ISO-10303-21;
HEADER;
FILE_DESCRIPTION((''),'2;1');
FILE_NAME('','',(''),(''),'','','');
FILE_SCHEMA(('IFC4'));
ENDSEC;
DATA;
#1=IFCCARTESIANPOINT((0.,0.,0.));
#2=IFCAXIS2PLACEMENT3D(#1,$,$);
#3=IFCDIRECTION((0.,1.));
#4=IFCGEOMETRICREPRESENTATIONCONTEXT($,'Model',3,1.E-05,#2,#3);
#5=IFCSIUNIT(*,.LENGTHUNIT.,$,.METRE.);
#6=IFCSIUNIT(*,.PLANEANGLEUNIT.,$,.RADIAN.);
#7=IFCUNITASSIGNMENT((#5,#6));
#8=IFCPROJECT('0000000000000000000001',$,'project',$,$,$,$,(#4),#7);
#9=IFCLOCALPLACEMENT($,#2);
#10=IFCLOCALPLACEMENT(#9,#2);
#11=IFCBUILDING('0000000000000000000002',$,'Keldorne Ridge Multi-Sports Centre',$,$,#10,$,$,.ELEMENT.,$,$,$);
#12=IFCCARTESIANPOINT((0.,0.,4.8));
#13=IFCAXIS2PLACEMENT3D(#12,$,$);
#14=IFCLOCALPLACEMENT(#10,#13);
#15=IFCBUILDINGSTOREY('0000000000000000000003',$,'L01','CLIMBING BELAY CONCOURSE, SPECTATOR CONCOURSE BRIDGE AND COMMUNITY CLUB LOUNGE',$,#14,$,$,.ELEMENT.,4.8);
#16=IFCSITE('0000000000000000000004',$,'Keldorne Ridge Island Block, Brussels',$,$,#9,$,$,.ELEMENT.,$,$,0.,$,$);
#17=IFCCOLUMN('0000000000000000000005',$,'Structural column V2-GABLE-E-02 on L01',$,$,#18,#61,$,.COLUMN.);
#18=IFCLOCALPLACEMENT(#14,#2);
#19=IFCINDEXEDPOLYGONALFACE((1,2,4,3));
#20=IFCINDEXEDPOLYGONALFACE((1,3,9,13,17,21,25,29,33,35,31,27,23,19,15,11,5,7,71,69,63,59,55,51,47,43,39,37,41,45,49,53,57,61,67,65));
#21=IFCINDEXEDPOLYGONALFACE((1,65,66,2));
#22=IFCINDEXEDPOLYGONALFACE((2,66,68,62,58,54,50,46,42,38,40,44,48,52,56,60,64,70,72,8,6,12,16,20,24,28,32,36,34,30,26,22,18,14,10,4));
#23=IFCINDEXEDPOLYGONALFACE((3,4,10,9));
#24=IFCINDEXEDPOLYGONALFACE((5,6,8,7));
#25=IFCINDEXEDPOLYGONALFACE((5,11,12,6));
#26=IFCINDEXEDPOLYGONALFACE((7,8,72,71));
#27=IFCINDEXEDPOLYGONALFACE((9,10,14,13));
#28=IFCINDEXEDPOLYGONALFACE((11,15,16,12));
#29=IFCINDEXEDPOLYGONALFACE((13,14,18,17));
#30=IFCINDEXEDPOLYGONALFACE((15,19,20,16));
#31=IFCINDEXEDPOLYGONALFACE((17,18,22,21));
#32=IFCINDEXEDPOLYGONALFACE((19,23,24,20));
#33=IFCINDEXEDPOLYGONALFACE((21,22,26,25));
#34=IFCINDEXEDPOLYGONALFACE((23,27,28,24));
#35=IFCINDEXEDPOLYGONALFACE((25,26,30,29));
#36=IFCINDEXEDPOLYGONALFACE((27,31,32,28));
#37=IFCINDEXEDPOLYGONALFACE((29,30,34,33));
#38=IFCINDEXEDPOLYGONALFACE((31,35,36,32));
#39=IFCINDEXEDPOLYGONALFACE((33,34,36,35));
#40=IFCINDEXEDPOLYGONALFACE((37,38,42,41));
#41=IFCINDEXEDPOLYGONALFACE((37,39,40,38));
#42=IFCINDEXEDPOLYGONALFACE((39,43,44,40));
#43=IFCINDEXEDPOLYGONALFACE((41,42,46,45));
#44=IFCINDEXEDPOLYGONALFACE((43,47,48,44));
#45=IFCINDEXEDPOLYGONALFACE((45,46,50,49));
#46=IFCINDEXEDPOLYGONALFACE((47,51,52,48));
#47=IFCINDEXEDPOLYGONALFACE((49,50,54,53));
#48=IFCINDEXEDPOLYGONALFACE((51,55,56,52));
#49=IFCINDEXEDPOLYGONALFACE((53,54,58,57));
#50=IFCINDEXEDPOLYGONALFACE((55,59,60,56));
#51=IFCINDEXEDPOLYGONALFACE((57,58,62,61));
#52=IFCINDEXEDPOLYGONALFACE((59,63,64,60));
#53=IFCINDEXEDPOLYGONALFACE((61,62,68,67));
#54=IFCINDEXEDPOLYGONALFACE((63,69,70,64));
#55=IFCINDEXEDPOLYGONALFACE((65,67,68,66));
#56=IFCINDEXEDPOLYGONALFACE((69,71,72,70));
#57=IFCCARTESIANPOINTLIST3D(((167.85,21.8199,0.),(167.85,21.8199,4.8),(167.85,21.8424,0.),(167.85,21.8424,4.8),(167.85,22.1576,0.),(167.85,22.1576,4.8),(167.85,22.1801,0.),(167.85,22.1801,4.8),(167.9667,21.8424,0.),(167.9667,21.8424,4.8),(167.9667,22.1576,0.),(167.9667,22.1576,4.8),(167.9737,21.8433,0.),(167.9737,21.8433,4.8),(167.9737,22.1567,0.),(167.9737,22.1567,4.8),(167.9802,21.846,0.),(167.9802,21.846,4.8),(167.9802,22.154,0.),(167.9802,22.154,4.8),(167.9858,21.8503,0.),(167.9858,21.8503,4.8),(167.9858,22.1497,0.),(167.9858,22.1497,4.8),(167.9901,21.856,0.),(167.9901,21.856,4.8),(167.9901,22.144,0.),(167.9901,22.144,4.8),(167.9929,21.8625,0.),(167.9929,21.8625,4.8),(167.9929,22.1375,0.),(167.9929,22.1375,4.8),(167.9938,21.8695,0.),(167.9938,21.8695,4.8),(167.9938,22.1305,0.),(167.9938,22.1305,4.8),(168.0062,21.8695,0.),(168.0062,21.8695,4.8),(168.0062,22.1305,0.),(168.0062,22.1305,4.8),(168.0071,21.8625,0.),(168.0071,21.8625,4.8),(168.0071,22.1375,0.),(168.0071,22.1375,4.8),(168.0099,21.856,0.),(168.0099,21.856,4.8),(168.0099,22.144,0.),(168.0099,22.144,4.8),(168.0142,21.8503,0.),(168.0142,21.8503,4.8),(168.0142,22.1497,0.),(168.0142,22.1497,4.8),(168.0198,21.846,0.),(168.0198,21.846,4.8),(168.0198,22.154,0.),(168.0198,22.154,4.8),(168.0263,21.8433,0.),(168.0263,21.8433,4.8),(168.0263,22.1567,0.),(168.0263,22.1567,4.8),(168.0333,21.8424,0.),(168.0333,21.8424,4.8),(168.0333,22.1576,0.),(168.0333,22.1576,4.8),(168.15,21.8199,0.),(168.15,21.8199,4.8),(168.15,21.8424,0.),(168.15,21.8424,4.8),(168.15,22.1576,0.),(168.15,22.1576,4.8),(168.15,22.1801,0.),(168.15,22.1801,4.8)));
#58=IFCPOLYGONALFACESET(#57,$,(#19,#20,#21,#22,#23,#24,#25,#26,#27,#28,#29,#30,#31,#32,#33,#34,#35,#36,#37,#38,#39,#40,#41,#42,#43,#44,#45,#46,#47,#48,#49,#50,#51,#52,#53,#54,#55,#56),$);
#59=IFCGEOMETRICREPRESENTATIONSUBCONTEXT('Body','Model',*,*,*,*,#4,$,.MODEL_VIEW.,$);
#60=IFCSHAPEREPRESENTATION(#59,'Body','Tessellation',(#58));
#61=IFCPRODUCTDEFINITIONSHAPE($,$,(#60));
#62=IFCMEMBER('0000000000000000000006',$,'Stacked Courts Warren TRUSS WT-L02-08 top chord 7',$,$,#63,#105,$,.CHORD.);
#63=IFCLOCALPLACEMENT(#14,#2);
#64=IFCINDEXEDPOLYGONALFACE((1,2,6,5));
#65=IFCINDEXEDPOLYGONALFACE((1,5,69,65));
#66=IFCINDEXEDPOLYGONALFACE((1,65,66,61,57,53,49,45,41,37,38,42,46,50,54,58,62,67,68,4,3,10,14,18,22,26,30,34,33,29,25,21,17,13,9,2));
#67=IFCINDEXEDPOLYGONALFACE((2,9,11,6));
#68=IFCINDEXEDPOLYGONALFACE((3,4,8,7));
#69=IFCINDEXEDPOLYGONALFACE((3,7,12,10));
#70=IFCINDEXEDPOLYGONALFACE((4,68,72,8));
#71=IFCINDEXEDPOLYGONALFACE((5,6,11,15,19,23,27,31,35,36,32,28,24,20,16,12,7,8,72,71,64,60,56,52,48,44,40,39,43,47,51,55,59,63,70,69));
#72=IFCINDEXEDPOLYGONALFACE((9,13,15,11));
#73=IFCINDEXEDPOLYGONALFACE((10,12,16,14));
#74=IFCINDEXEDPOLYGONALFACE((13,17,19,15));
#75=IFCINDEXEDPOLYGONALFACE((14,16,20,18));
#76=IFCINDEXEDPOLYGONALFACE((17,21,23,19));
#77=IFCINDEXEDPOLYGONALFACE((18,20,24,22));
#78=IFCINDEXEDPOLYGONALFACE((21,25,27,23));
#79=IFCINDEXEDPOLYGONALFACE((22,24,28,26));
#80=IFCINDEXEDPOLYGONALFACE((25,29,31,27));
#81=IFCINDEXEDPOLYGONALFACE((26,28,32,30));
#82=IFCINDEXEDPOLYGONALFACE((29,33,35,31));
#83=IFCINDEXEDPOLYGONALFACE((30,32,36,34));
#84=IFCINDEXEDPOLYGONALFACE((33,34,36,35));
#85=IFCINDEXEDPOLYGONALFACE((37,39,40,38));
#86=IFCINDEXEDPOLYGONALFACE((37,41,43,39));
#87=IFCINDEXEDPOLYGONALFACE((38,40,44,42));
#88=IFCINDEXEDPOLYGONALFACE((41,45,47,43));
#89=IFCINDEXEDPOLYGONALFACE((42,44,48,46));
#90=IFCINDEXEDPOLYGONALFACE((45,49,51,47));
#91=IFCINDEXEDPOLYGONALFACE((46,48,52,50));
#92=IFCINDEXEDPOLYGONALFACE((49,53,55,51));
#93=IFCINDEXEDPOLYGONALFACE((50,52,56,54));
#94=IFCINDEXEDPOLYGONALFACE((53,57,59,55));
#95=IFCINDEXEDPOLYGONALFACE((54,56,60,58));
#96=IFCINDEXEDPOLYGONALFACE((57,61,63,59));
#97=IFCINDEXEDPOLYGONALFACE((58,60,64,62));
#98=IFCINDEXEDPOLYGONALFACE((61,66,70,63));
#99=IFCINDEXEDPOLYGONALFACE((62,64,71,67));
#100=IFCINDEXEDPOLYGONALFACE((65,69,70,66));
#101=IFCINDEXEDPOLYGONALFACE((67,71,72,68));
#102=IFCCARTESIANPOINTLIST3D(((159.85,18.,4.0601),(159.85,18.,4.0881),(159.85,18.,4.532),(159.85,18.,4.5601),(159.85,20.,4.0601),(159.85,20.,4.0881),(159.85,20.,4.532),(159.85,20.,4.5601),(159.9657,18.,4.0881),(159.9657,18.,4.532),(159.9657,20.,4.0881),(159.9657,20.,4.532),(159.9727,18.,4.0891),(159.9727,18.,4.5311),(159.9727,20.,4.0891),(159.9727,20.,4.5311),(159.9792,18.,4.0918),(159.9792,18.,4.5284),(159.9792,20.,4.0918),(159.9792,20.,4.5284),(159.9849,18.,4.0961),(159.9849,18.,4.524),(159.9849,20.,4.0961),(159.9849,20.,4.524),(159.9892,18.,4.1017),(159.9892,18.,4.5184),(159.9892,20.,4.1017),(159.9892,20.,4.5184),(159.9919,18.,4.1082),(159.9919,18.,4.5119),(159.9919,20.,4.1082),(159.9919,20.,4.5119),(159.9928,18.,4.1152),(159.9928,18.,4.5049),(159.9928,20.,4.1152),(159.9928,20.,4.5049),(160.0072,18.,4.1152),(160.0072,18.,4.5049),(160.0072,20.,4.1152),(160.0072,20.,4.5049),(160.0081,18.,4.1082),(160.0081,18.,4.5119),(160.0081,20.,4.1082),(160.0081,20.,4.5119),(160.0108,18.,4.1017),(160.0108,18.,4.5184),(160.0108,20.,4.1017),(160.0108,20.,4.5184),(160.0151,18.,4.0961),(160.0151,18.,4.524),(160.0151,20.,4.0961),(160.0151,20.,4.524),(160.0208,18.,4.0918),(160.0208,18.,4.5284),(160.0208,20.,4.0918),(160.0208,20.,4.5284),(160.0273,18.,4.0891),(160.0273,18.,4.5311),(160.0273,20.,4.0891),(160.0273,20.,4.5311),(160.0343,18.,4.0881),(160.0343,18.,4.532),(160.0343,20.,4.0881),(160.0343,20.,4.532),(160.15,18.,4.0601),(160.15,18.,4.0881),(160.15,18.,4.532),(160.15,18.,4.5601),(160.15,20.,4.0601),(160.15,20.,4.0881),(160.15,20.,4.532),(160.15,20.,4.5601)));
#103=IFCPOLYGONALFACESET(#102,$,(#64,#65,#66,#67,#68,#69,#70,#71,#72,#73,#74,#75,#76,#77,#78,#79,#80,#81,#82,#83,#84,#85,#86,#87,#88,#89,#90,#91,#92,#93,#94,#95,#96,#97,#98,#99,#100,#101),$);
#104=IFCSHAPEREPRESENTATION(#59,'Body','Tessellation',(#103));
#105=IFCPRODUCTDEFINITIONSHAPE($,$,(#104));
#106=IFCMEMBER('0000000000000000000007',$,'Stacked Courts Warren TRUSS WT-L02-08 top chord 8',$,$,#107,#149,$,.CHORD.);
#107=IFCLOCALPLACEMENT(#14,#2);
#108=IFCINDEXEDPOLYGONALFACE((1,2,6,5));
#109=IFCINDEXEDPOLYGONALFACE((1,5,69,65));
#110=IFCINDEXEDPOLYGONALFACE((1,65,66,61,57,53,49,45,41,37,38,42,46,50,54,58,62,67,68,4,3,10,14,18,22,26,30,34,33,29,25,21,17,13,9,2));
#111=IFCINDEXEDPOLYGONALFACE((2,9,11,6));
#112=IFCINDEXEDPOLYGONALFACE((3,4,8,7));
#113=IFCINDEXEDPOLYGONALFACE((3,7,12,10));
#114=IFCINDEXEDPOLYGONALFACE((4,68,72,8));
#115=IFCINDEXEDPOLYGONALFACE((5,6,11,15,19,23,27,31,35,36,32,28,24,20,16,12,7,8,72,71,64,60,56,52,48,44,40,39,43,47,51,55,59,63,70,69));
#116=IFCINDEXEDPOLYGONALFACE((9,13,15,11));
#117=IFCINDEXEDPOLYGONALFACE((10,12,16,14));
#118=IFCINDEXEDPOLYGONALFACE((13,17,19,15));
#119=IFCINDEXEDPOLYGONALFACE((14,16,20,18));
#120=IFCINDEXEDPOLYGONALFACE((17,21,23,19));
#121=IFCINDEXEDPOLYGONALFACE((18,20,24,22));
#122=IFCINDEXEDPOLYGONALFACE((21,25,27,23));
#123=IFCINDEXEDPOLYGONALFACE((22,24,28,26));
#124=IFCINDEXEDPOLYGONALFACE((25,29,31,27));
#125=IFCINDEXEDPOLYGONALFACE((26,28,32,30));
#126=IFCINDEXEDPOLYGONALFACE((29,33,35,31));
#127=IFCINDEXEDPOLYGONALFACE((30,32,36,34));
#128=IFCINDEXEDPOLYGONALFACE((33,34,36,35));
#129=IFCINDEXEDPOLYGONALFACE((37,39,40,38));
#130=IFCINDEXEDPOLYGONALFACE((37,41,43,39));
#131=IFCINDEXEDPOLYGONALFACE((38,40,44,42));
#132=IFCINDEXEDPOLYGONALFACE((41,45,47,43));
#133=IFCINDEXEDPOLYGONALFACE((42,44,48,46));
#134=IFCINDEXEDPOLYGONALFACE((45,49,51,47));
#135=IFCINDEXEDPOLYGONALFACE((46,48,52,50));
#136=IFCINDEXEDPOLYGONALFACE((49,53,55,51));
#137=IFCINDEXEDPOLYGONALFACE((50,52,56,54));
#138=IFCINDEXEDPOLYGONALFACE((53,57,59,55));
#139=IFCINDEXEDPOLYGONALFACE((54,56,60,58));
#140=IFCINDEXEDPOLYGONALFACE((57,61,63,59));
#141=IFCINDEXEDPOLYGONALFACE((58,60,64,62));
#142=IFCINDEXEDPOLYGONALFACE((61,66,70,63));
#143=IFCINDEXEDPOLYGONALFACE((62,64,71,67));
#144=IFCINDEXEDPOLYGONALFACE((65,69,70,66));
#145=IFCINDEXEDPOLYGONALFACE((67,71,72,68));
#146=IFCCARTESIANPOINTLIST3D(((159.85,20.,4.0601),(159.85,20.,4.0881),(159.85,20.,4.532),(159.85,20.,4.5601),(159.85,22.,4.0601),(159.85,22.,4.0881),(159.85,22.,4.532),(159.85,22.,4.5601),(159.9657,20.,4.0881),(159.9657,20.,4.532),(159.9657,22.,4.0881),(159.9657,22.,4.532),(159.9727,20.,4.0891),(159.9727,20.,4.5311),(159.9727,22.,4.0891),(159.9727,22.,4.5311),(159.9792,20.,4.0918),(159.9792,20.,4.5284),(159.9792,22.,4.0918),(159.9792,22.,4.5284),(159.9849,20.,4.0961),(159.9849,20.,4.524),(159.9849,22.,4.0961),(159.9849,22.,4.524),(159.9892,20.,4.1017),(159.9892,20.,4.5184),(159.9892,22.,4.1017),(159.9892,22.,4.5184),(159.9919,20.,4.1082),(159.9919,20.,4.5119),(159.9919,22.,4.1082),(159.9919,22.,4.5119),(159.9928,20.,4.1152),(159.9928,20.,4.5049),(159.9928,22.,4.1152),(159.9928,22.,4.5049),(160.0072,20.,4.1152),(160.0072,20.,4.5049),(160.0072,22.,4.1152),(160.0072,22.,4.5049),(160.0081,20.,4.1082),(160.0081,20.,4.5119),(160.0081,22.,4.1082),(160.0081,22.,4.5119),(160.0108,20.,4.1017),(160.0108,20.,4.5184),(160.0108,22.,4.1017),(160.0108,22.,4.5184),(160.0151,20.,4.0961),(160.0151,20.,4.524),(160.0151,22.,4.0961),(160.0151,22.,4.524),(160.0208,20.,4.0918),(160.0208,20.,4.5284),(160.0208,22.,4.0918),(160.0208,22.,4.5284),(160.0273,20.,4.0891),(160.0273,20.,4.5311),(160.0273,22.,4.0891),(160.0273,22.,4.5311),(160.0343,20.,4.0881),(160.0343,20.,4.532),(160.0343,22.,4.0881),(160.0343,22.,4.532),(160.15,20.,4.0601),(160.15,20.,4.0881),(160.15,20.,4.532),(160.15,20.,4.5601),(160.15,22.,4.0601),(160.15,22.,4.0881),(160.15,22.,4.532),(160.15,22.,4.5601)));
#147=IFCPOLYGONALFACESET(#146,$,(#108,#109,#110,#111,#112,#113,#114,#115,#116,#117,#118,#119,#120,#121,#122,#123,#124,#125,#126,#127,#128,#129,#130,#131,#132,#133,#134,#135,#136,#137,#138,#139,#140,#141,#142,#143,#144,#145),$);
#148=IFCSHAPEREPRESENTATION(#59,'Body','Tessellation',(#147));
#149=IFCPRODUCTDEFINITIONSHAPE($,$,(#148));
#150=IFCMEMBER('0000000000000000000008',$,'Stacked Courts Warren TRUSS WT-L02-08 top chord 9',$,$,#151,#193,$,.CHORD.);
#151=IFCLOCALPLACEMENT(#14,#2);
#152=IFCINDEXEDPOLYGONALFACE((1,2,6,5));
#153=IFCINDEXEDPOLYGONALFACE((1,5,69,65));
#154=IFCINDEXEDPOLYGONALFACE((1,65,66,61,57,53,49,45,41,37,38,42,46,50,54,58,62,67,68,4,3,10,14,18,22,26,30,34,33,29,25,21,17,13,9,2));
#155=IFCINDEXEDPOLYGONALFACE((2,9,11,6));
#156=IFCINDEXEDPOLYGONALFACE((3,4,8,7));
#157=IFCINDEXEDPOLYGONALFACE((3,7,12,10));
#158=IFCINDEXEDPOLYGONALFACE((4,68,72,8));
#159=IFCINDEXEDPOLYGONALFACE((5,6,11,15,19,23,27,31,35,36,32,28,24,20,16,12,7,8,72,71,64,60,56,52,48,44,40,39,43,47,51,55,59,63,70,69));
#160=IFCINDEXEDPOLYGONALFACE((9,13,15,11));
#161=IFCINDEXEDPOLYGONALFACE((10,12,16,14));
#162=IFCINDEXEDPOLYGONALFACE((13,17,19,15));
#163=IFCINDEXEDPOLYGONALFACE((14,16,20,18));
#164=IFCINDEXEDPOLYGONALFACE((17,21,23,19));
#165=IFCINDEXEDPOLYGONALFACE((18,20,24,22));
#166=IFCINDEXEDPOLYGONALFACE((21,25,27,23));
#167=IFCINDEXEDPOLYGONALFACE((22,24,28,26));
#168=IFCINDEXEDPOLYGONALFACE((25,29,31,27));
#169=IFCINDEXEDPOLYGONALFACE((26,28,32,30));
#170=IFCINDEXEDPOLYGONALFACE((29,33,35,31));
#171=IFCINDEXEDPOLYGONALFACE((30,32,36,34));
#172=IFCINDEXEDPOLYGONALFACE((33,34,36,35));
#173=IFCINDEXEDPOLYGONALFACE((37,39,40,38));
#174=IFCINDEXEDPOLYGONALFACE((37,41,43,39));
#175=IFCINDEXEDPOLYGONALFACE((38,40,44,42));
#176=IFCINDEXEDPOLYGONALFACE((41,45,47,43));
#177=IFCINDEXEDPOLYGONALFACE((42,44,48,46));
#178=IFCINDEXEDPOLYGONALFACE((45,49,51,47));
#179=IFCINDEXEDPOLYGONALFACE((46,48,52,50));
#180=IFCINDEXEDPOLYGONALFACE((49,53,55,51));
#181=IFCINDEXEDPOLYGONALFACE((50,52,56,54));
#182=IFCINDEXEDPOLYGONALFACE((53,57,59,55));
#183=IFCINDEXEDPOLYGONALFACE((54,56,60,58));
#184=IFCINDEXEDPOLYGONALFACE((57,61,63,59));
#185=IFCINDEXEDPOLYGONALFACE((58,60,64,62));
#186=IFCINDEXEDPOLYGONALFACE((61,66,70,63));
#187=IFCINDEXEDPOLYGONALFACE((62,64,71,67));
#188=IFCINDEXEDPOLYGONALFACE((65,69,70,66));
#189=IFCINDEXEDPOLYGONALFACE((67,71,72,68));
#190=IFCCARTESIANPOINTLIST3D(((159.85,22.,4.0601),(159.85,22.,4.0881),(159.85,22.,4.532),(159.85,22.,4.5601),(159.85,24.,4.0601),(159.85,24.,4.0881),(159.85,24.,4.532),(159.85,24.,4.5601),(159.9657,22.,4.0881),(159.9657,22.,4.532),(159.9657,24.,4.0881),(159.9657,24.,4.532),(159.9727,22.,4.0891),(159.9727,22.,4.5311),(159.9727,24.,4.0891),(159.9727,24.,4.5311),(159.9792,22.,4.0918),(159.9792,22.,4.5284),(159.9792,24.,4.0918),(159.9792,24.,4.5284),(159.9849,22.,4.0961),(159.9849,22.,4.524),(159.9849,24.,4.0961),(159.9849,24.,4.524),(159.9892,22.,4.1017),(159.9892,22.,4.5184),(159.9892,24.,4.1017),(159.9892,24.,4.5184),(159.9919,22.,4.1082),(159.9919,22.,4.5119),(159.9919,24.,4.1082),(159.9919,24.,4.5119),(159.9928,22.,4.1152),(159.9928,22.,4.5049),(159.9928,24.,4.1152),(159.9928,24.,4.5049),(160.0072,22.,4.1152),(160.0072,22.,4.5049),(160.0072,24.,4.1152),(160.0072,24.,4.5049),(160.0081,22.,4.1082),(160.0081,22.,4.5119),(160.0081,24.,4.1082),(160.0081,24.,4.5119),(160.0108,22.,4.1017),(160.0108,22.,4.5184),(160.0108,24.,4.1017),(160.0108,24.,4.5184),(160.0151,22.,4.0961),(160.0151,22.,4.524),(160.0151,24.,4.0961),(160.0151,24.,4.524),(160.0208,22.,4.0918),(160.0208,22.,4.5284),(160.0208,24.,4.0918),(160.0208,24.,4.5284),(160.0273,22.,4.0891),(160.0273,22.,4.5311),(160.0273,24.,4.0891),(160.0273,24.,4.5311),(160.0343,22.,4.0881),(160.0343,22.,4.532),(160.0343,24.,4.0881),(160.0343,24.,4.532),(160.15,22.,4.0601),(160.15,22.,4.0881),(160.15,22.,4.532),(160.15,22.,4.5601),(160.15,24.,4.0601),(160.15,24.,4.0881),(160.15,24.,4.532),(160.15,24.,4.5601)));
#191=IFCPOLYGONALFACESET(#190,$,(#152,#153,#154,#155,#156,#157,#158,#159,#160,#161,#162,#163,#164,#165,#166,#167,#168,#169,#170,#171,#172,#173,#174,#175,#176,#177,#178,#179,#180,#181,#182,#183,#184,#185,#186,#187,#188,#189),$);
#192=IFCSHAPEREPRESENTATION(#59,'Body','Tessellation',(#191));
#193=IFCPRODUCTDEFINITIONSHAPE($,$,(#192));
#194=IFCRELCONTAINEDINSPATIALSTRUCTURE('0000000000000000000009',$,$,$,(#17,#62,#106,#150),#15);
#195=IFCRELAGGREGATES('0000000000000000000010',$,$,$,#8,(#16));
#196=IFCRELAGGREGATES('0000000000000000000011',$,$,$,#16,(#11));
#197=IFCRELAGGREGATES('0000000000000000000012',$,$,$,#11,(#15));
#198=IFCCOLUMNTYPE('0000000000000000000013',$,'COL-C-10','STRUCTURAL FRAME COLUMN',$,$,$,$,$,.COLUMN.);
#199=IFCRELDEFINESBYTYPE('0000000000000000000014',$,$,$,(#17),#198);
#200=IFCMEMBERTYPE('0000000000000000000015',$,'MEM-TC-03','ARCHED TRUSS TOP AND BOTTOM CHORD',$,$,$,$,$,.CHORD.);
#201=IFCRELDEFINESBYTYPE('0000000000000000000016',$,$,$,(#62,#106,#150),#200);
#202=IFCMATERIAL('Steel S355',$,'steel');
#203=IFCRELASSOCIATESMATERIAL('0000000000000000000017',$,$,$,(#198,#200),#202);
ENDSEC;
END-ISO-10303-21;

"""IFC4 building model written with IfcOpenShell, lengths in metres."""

from ifc_helpers import new_model, si_unit, direction, frame, origin, origin_2d, place, context, subcontext, project, spatial, i_section, extrude, material, material_profile, profile_set, type_object, element, save


model = new_model("IFC4")

# Units and contexts
model_context = context("Model", 3, precision=1e-05, world=origin(), true_north=direction((0.0, 1.0)))
body_context = subcontext(model_context, "Body", "Model", "MODEL_VIEW")
ifc_project = project(units=[si_unit("LENGTHUNIT", "METRE"), si_unit("PLANEANGLEUNIT", "RADIAN")], contexts=[model_context])

# Site, building, storey
site_placement = place(None, origin())
site = spatial("IfcSite", under=ifc_project, at=site_placement, Name="Keldorne Ridge Island Block, Brussels", CompositionType="ELEMENT", RefElevation=0.0)
building_placement = place(site_placement, origin())
building = spatial("IfcBuilding", under=site, at=building_placement, Name="Keldorne Ridge Multi-Sports Centre", CompositionType="ELEMENT")
storey_placement = place(building_placement, frame((0.0, 0.0, 4.8)))
storey = spatial("IfcBuildingStorey", under=building, at=storey_placement, Name="L01", Description="CLIMBING BELAY CONCOURSE, SPECTATOR CONCOURSE BRIDGE AND COMMUNITY CLUB LOUNGE", CompositionType="ELEMENT", Elevation=4.8)

# Column
ifc_material_1 = material(Name="Steel S355", Category="steel")
ifc_material_profile_1 = material_profile(ifc_material_1, i_section(OverallWidth=0.3, OverallDepth=0.3601, WebThickness=0.0125, FlangeThickness=0.0225, FilletRadius=0.0271, at=origin_2d()), Name="HEB 360")
ifc_profile_set_1 = profile_set([ifc_material_profile_1], Name="Steel S355")
column_type = type_object("IfcColumnType", Name="COL-C-10", Description="STRUCTURAL FRAME COLUMN", PredefinedType="COLUMN", material=ifc_profile_set_1)
column_placement = place(storey_placement, frame((168.0, 22.0, 0.0), z_axis=(0.0, 0.0, 1.0), x_axis=(1.0, 0.0, 0.0)))
element("IfcColumn", 1, at=column_placement, inside=storey, type_object=column_type, Name="Structural column V2-GABLE-E-02 on L01", PredefinedType="COLUMN", context=body_context, shape_type="SweptSolid", body=[
    extrude(i_section(OverallWidth=0.3, OverallDepth=0.3601, WebThickness=0.0125, FlangeThickness=0.0225, FilletRadius=0.0271, at=origin_2d()), origin(), (0.0, 0.0, 1.0), 4.8),
])

# Members
ifc_material_profile_2 = material_profile(ifc_material_1, i_section(OverallWidth=0.3, OverallDepth=0.5, WebThickness=0.0144, FlangeThickness=0.0281, FilletRadius=0.0271, at=origin_2d()), Name="HEB 500")
ifc_profile_set_2 = profile_set([ifc_material_profile_2], Name="Steel S355")
member_type_1 = type_object("IfcMemberType", Name="MEM-TC-03", Description="ARCHED TRUSS TOP AND BOTTOM CHORD", PredefinedType="CHORD", material=ifc_profile_set_2)
for number, where, z_axis, x_axis, name in (
    (2, (160.0, 18.0, 4.3101), (0.0, 1.0, 0.0), (-1.0, 0.0, 0.0), "Stacked Courts Warren TRUSS WT-L02-08 top chord 7"),
    (3, (160.0, 20.0, 4.3101), (0.0, 1.0, 0.0), (-1.0, 0.0, 0.0), "Stacked Courts Warren TRUSS WT-L02-08 top chord 8"),
    (4, (160.0, 22.0, 4.3101), (0.0, 1.0, 0.0), (-1.0, 0.0, 0.0), "Stacked Courts Warren TRUSS WT-L02-08 top chord 9"),
):
    element("IfcMember", number, at=place(storey_placement, frame(where, z_axis=z_axis, x_axis=x_axis)), inside=storey, type_object=member_type_1, Name=name, PredefinedType="CHORD", context=body_context, shape_type="SweptSolid", body=[
        extrude(i_section(OverallWidth=0.3, OverallDepth=0.5, WebThickness=0.0144, FlangeThickness=0.0281, FilletRadius=0.0271, at=origin_2d()), origin(), (0.0, 0.0, 1.0), 2.0),
    ])

save(model, "model.ifc")
